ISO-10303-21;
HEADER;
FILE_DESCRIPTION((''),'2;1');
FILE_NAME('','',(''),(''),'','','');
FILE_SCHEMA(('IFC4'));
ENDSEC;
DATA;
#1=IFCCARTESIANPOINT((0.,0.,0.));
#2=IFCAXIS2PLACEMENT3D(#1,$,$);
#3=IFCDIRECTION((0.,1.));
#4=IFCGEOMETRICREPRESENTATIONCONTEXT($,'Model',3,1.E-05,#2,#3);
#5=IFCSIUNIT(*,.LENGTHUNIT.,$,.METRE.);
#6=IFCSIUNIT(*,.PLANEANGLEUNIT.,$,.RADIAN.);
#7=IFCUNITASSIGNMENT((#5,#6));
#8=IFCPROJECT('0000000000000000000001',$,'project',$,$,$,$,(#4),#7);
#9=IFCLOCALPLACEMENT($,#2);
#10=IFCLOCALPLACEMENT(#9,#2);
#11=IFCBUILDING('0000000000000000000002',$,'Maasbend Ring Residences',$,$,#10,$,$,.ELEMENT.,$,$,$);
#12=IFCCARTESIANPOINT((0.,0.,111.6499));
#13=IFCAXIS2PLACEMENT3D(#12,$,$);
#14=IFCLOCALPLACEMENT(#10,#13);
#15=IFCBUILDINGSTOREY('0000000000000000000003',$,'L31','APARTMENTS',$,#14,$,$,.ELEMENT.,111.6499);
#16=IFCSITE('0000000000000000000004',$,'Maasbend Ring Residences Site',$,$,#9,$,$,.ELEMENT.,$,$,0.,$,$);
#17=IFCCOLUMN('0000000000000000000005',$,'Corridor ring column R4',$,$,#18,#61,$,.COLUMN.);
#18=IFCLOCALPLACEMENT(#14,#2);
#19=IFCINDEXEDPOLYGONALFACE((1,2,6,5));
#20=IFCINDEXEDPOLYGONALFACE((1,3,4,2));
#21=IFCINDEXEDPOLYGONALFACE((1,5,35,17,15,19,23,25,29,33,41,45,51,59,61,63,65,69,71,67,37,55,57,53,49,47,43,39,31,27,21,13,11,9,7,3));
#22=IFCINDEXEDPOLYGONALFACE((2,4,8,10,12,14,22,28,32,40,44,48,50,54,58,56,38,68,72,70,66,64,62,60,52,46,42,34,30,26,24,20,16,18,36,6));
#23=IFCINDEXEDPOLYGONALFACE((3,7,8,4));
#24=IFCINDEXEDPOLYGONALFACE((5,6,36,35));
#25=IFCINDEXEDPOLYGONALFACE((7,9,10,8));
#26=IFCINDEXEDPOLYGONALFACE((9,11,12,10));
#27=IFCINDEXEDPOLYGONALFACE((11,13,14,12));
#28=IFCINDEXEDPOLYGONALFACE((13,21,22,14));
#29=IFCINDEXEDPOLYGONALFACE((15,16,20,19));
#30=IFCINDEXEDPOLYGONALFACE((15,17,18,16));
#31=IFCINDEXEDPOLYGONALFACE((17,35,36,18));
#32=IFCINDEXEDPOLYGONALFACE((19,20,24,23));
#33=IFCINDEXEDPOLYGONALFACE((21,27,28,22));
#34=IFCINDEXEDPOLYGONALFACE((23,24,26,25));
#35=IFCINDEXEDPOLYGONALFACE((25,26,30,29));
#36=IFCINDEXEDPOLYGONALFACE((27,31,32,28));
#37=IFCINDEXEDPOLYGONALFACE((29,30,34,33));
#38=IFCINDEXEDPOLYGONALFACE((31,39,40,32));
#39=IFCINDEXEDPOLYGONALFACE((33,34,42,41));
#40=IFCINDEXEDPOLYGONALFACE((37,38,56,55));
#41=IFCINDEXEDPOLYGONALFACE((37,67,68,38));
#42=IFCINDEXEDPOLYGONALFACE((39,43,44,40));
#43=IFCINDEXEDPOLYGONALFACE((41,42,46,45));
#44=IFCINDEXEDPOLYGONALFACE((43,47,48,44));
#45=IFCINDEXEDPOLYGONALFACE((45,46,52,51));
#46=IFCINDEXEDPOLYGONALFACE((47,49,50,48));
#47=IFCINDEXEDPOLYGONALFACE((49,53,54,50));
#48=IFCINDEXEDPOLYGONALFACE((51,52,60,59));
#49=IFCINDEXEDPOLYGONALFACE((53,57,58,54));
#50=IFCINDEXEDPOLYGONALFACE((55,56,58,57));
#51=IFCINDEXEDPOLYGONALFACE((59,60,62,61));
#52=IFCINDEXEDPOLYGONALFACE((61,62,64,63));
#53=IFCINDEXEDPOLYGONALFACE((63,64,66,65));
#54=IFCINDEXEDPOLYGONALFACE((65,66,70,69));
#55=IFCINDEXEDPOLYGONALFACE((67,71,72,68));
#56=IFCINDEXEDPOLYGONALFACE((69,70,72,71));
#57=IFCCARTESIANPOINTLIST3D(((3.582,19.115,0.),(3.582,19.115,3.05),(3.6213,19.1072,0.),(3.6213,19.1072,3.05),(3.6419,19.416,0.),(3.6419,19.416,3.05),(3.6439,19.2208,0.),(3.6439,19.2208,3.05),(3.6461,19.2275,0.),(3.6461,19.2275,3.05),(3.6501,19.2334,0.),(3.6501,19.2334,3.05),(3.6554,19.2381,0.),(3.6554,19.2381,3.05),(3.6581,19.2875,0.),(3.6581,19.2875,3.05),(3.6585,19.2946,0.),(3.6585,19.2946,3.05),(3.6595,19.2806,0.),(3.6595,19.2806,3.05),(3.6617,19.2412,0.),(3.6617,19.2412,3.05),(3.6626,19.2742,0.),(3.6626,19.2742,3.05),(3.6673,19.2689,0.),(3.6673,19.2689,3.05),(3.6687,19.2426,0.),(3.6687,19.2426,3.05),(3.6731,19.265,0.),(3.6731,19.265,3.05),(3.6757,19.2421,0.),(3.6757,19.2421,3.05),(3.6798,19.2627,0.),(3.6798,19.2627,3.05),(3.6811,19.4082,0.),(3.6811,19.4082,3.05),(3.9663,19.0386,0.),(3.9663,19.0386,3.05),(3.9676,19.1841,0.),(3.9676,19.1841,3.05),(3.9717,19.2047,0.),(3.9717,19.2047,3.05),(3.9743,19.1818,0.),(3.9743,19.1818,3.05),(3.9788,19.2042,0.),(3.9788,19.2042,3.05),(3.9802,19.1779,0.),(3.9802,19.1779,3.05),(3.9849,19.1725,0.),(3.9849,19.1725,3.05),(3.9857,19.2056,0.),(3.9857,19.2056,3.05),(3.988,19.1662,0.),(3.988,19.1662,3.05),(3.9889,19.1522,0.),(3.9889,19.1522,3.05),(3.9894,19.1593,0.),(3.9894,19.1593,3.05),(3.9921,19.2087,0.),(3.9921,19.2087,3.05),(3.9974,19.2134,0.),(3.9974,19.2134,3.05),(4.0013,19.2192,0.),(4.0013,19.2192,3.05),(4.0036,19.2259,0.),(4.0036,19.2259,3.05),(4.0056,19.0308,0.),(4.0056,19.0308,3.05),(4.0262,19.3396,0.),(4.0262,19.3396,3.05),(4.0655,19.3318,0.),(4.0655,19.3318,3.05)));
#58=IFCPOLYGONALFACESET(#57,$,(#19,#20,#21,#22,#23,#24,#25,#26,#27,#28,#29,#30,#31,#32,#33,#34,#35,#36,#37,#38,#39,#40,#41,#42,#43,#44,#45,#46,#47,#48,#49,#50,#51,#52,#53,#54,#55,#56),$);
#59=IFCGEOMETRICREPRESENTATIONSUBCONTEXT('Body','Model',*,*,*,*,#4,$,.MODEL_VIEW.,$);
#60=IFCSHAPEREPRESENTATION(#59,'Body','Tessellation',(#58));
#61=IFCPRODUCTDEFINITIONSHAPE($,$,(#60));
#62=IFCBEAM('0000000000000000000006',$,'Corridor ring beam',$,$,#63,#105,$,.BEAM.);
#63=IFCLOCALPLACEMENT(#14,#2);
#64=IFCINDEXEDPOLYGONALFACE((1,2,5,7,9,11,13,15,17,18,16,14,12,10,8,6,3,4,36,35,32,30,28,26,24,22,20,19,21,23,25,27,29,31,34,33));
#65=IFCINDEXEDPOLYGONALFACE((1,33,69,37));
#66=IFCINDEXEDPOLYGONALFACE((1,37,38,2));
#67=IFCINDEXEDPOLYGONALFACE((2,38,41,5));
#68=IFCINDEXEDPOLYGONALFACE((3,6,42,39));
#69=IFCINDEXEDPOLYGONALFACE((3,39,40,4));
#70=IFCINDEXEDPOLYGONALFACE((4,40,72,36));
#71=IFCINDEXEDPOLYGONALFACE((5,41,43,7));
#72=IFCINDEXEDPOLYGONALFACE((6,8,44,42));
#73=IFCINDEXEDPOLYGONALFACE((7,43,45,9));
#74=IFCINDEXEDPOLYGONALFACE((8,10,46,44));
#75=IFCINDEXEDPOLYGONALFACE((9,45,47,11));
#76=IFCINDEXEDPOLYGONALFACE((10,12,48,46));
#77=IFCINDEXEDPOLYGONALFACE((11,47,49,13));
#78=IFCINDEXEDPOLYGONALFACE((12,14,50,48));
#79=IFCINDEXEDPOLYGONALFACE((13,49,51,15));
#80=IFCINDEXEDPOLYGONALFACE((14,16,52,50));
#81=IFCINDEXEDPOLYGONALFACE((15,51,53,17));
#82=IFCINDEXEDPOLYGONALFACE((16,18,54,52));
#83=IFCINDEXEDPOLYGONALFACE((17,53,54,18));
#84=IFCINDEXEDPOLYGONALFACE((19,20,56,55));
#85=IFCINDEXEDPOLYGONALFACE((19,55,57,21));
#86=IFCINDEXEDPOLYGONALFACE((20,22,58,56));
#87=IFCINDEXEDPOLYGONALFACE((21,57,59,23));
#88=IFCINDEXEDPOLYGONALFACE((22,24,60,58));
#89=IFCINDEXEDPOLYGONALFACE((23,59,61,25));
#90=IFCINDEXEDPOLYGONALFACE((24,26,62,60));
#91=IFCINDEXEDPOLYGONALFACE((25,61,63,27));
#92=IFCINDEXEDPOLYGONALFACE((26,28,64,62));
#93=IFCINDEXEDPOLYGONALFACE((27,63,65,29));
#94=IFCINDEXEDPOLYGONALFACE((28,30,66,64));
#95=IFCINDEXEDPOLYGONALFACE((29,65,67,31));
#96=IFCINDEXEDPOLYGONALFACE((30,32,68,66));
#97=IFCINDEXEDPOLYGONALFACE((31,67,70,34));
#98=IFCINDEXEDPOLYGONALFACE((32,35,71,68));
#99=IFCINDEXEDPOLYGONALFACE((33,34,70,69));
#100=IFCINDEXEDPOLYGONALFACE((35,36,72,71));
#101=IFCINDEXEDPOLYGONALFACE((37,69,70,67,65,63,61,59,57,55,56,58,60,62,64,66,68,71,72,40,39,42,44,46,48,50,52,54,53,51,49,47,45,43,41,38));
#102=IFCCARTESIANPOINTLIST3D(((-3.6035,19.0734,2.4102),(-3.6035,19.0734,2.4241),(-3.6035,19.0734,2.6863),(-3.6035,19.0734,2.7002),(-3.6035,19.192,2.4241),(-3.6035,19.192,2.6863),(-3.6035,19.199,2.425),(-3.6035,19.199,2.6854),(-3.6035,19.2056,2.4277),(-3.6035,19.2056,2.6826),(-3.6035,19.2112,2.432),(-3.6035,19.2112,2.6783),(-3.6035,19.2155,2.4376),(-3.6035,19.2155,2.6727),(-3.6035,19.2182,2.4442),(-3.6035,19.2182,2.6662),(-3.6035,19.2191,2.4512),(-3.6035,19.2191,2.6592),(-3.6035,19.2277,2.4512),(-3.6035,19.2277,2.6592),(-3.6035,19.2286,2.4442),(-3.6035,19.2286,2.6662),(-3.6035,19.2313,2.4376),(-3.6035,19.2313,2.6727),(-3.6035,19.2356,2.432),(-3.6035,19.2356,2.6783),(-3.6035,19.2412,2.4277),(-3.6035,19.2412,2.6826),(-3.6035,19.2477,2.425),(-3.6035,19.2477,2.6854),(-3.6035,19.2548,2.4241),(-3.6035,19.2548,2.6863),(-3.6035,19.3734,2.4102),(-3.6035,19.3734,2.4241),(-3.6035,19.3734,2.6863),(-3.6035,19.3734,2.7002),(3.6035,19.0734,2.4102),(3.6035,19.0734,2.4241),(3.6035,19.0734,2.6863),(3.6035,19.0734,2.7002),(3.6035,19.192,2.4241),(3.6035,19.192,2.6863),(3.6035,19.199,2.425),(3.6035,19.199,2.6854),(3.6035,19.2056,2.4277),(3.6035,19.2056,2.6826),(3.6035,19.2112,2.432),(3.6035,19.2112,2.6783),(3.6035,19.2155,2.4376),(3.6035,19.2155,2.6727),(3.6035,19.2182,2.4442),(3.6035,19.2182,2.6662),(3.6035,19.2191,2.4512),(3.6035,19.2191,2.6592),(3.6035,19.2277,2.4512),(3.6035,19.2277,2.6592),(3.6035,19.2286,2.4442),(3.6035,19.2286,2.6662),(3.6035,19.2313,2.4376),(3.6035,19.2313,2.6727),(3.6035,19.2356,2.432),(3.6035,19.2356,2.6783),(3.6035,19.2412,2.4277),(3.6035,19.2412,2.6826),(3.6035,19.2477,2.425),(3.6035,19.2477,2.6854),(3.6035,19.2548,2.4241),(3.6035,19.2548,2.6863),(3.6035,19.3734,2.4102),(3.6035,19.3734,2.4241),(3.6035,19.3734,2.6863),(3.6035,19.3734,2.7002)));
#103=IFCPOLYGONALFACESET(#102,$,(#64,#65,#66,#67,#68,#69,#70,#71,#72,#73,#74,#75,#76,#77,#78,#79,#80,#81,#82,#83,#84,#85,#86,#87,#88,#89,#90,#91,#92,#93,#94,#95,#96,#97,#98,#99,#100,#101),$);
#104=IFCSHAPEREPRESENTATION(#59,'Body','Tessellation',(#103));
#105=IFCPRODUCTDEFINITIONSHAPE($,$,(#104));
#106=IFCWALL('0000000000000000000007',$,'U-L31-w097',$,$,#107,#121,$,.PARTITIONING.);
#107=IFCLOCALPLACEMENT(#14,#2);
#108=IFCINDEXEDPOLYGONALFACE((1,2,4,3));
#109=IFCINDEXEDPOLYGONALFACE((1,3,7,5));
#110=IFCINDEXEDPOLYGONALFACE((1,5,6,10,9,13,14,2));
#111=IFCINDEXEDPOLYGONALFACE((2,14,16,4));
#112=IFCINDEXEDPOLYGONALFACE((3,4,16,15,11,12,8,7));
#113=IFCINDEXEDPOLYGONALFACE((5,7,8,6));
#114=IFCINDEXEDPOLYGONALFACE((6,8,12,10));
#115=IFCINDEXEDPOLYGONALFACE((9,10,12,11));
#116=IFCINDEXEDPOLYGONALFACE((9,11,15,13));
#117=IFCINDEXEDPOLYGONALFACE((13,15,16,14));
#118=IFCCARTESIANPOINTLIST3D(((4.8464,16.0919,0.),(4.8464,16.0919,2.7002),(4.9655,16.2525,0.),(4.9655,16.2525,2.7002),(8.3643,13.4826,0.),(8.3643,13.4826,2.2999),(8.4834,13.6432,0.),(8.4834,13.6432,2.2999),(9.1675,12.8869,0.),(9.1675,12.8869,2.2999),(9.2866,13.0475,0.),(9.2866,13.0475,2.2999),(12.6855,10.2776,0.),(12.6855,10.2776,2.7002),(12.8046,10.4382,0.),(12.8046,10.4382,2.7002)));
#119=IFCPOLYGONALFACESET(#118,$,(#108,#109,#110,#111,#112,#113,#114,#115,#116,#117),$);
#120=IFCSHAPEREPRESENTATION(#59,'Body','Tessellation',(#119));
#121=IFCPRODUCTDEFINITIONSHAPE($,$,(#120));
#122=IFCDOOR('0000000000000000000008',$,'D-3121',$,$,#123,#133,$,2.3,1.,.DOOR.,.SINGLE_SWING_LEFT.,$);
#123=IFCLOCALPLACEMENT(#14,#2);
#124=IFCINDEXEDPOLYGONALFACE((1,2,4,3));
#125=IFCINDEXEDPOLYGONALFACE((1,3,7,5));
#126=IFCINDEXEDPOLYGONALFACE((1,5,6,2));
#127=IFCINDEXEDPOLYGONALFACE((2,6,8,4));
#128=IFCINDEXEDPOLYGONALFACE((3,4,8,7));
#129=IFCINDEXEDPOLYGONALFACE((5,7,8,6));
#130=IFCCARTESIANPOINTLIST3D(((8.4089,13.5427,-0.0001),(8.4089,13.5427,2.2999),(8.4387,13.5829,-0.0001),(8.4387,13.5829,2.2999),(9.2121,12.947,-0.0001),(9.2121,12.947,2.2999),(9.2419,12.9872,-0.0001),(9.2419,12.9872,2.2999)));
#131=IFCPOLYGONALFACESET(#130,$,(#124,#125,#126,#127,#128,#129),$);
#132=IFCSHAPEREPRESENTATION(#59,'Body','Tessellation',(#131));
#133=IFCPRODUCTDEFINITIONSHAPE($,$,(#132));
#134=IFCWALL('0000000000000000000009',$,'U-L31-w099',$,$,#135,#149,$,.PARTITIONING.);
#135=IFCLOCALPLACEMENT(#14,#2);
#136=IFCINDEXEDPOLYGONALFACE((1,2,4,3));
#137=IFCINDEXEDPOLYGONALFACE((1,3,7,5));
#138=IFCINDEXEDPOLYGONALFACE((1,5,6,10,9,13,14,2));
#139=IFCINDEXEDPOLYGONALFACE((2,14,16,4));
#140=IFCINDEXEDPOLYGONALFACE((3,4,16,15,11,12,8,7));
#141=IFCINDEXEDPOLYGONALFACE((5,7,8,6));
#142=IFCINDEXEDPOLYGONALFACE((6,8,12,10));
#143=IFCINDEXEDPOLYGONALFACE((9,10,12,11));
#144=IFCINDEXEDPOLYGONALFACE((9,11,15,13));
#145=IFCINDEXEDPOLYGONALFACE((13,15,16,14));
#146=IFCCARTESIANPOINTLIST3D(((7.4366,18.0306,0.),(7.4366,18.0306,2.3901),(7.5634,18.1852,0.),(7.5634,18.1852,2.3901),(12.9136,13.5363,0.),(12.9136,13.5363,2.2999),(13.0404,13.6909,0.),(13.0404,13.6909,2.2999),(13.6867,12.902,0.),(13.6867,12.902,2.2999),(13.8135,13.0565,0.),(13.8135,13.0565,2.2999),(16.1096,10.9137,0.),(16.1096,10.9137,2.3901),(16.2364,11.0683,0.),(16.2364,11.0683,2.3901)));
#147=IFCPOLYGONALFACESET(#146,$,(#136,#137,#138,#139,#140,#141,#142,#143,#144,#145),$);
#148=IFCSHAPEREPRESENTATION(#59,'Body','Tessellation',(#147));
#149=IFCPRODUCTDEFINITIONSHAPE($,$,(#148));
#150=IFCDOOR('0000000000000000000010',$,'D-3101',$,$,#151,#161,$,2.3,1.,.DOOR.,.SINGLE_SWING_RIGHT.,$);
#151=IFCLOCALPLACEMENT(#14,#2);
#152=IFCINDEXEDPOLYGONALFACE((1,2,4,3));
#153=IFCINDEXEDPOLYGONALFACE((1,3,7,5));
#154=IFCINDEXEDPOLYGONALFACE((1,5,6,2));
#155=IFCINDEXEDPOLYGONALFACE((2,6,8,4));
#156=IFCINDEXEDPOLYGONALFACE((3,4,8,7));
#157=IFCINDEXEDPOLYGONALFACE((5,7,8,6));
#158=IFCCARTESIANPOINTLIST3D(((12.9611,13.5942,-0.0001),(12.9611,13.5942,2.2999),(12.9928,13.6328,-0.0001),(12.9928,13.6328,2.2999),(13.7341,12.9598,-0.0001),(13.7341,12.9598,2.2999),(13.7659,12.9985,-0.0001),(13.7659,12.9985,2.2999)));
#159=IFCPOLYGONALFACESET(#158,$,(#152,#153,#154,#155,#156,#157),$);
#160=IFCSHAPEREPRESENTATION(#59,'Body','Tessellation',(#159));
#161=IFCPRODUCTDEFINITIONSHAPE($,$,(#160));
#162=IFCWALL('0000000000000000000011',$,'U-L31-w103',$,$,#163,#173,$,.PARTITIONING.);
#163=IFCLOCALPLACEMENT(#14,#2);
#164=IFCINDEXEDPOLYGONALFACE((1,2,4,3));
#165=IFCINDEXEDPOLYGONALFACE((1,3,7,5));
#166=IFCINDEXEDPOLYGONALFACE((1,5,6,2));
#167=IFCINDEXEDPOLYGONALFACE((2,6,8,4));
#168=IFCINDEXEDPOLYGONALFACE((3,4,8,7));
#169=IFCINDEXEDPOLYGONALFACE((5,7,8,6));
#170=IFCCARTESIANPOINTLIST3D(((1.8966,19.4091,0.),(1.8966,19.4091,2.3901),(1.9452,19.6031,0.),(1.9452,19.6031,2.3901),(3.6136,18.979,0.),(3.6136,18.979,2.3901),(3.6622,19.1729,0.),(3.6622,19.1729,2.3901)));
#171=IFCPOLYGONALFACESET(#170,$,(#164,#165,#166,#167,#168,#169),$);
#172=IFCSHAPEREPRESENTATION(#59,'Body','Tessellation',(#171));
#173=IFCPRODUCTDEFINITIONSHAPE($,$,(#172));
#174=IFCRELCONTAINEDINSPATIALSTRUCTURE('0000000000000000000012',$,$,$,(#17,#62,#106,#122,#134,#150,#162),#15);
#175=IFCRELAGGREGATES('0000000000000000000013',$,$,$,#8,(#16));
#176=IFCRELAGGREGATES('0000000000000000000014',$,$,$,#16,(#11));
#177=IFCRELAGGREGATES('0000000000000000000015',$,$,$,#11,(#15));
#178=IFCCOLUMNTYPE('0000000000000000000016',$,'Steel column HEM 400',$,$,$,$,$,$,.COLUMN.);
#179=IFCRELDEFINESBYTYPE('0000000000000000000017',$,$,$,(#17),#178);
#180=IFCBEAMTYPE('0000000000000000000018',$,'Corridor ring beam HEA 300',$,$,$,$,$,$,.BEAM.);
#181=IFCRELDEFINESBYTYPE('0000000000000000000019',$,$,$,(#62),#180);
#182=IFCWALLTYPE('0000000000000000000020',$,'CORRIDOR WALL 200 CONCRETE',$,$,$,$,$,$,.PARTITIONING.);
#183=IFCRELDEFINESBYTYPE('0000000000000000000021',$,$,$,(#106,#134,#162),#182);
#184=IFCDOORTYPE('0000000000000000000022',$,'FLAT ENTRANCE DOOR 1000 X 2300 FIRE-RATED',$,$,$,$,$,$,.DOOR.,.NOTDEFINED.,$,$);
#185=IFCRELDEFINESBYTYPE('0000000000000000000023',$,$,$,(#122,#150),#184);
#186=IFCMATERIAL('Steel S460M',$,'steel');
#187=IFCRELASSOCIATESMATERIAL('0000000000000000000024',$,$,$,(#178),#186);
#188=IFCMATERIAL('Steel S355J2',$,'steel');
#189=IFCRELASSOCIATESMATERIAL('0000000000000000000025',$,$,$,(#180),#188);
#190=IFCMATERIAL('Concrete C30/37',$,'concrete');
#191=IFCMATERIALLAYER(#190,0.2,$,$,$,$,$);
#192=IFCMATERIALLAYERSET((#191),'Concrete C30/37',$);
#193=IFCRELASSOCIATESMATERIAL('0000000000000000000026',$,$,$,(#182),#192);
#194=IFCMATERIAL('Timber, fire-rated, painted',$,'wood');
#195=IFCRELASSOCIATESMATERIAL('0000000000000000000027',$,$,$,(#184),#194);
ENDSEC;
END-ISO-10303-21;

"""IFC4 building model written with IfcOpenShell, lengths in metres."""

from ifc_helpers import new_model, si_unit, direction, frame, frame_2d, origin, origin_2d, place, context, subcontext, project, spatial, rectangle, i_section, extrude, material, layer, layer_set, material_profile, profile_set, type_object, element, fill, save


model = new_model("IFC4")

# Units and contexts
model_context = context("Model", 3, precision=1e-05, world=origin(), true_north=direction((0.0, 1.0)))
body_context = subcontext(model_context, "Body", "Model", "MODEL_VIEW")
ifc_project = project(units=[si_unit("LENGTHUNIT", "METRE"), si_unit("PLANEANGLEUNIT", "RADIAN")], contexts=[model_context])

# Site, building, storey
site_placement = place(None, origin())
site = spatial("IfcSite", under=ifc_project, at=site_placement, Name="Maasbend Ring Residences Site", CompositionType="ELEMENT", RefElevation=0.0)
building_placement = place(site_placement, origin())
building = spatial("IfcBuilding", under=site, at=building_placement, Name="Maasbend Ring Residences", CompositionType="ELEMENT")
storey_placement = place(building_placement, frame((0.0, 0.0, 111.6499)))
storey = spatial("IfcBuildingStorey", under=building, at=storey_placement, Name="L31", Description="APARTMENTS", CompositionType="ELEMENT", Elevation=111.6499)

# Column
ifc_material_1 = material(Name="Steel S460M", Category="steel")
ifc_material_profile_1 = material_profile(ifc_material_1, i_section(OverallWidth=0.3069, OverallDepth=0.4319, WebThickness=0.021, FlangeThickness=0.04, FilletRadius=0.0271, at=origin_2d()), Name="HEM 400")
ifc_profile_set_1 = profile_set([ifc_material_profile_1], Name="Steel S460M")
column_type = type_object("IfcColumnType", Name="Steel column HEM 400", PredefinedType="COLUMN", material=ifc_profile_set_1)
column_placement = place(storey_placement, frame((3.8237, 19.2234, 0.0), z_axis=(0.0, 0.0, 1.0), x_axis=(0.19509, 0.980785, 0.0)))
element("IfcColumn", 1, at=column_placement, inside=storey, type_object=column_type, Name="Corridor ring column R4", PredefinedType="COLUMN", context=body_context, shape_type="SweptSolid", body=[
    extrude(i_section(OverallWidth=0.3069, OverallDepth=0.4319, WebThickness=0.021, FlangeThickness=0.04, FilletRadius=0.0271, at=origin_2d()), origin(), (0.0, 0.0, 1.0), 3.05),
])

# Beam
ifc_material_2 = material(Name="Steel S355J2", Category="steel")
ifc_material_profile_2 = material_profile(ifc_material_2, i_section(OverallWidth=0.3, OverallDepth=0.29, WebThickness=0.0085, FlangeThickness=0.0139, FilletRadius=0.0271, at=origin_2d()), Name="HEA 300")
ifc_profile_set_2 = profile_set([ifc_material_profile_2], Name="Steel S355J2")
beam_type = type_object("IfcBeamType", Name="Corridor ring beam HEA 300", PredefinedType="BEAM", material=ifc_profile_set_2)
beam_placement = place(storey_placement, frame((3.6035, 19.2234, 2.5552), z_axis=(-1.0, 0.0, 0.0), x_axis=(0.0, -1.0, 0.0)))
element("IfcBeam", 2, at=beam_placement, inside=storey, type_object=beam_type, Name="Corridor ring beam", PredefinedType="BEAM", context=body_context, shape_type="SweptSolid", body=[
    extrude(i_section(OverallWidth=0.3, OverallDepth=0.29, WebThickness=0.0085, FlangeThickness=0.0139, FilletRadius=0.0271, at=origin_2d()), origin(), (0.0, 0.0, 1.0), 7.207),
])

# Walls, openings, doors
ifc_material_3 = material(Name="Concrete C30/37", Category="concrete")
ifc_layer_1 = layer(ifc_material_3, 0.2)
ifc_layer_set_1 = layer_set([ifc_layer_1], Name="Concrete C30/37")
wall_type_1 = type_object("IfcWallType", Name="CORRIDOR WALL 200 CONCRETE", PredefinedType="PARTITIONING", material=ifc_layer_set_1)
wall_1_placement = place(storey_placement, frame((4.906, 16.1721, 0.0), z_axis=(0.0, 0.0, 1.0), x_axis=(0.803191, -0.595721, 0.0)))
wall_1 = element("IfcWall", 3, at=wall_1_placement, inside=storey, type_object=wall_type_1, Name="U-L31-w097", PredefinedType="PARTITIONING", context=body_context, shape_type="SweptSolid", body=[
    extrude(rectangle(XDim=9.76, YDim=0.2, at=frame_2d((4.8799, 0.0))), origin(), (0.0, 0.0, 1.0), 2.7002),
])
opening_1_placement = place(wall_1_placement, frame((4.3799, 0.0, 0.0)))
opening_1 = element("IfcOpeningElement", 4, at=opening_1_placement, cuts=wall_1, PredefinedType="OPENING", context=body_context, shape_type="SweptSolid", body=[
    extrude(rectangle(XDim=1.0, YDim=2.3, at=frame_2d((0.5, 1.1499))), frame((0.0, 0.1099, 0.0), z_axis=(0.0, -1.0, 0.0), x_axis=(1.0, 0.0, 0.0)), (0.0, 0.0, 1.0), 0.22),
])
ifc_material_4 = material(Name="Timber, fire-rated, painted", Category="wood")
door_type_1 = type_object("IfcDoorType", Name="FLAT ENTRANCE DOOR 1000 X 2300 FIRE-RATED", OperationType="NOTDEFINED", PredefinedType="DOOR", material=ifc_material_4)
door_1_placement = place(opening_1_placement, origin())
door_1 = element("IfcDoor", 5, at=door_1_placement, inside=storey, type_object=door_type_1, Name="D-3121", OperationType="SINGLE_SWING_LEFT", OverallHeight=2.3, OverallWidth=1.0, PredefinedType="DOOR", context=body_context, shape_type="SweptSolid", body=[
    extrude(rectangle(XDim=1.0, YDim=2.3, at=frame_2d((0.5, 1.1499))), frame((0.0, 0.0249, 0.0), z_axis=(0.0, -1.0, 0.0), x_axis=(1.0, 0.0, 0.0)), (0.0, 0.0, 1.0), 0.05),
])
fill(opening_1, door_1)
wall_2_placement = place(storey_placement, frame((7.5, 18.1079, 0.0), z_axis=(0.0, 0.0, 1.0), x_axis=(0.773049, -0.634346, 0.0)))
wall_2 = element("IfcWall", 6, at=wall_2_placement, inside=storey, type_object=wall_type_1, Name="U-L31-w099", PredefinedType="PARTITIONING", context=body_context, shape_type="SweptSolid", body=[
    extrude(rectangle(XDim=11.2192, YDim=0.2, at=frame_2d((5.6096, 0.0))), origin(), (0.0, 0.0, 1.0), 2.3901),
])
opening_2_placement = place(wall_2_placement, frame((7.085, 0.0, 0.0)))
opening_2 = element("IfcOpeningElement", 7, at=opening_2_placement, cuts=wall_2, PredefinedType="OPENING", context=body_context, shape_type="SweptSolid", body=[
    extrude(rectangle(XDim=1.0, YDim=2.3, at=frame_2d((0.5, 1.1499))), frame((0.0, 0.1099, 0.0), z_axis=(0.0, -1.0, 0.0), x_axis=(1.0, 0.0, 0.0)), (0.0, 0.0, 1.0), 0.22),
])
door_2_placement = place(opening_2_placement, origin())
door_2 = element("IfcDoor", 8, at=door_2_placement, inside=storey, type_object=door_type_1, Name="D-3101", OperationType="SINGLE_SWING_RIGHT", OverallHeight=2.3, OverallWidth=1.0, PredefinedType="DOOR", context=body_context, shape_type="SweptSolid", body=[
    extrude(rectangle(XDim=1.0, YDim=2.3, at=frame_2d((0.5, 1.1499))), frame((0.0, 0.0249, 0.0), z_axis=(0.0, -1.0, 0.0), x_axis=(1.0, 0.0, 0.0)), (0.0, 0.0, 1.0), 0.05),
])
fill(opening_2, door_2)

# Wall
wall_3_placement = place(storey_placement, frame((1.9209, 19.5061, 0.0), z_axis=(0.0, 0.0, 1.0), x_axis=(0.970021, -0.243022, 0.0)))
element("IfcWall", 9, at=wall_3_placement, inside=storey, type_object=wall_type_1, Name="U-L31-w103", PredefinedType="PARTITIONING", context=body_context, shape_type="SweptSolid", body=[
    extrude(rectangle(XDim=1.77, YDim=0.2, at=frame_2d((0.885, 0.0))), origin(), (0.0, 0.0, 1.0), 2.3901),
])

save(model, "model.ifc")
